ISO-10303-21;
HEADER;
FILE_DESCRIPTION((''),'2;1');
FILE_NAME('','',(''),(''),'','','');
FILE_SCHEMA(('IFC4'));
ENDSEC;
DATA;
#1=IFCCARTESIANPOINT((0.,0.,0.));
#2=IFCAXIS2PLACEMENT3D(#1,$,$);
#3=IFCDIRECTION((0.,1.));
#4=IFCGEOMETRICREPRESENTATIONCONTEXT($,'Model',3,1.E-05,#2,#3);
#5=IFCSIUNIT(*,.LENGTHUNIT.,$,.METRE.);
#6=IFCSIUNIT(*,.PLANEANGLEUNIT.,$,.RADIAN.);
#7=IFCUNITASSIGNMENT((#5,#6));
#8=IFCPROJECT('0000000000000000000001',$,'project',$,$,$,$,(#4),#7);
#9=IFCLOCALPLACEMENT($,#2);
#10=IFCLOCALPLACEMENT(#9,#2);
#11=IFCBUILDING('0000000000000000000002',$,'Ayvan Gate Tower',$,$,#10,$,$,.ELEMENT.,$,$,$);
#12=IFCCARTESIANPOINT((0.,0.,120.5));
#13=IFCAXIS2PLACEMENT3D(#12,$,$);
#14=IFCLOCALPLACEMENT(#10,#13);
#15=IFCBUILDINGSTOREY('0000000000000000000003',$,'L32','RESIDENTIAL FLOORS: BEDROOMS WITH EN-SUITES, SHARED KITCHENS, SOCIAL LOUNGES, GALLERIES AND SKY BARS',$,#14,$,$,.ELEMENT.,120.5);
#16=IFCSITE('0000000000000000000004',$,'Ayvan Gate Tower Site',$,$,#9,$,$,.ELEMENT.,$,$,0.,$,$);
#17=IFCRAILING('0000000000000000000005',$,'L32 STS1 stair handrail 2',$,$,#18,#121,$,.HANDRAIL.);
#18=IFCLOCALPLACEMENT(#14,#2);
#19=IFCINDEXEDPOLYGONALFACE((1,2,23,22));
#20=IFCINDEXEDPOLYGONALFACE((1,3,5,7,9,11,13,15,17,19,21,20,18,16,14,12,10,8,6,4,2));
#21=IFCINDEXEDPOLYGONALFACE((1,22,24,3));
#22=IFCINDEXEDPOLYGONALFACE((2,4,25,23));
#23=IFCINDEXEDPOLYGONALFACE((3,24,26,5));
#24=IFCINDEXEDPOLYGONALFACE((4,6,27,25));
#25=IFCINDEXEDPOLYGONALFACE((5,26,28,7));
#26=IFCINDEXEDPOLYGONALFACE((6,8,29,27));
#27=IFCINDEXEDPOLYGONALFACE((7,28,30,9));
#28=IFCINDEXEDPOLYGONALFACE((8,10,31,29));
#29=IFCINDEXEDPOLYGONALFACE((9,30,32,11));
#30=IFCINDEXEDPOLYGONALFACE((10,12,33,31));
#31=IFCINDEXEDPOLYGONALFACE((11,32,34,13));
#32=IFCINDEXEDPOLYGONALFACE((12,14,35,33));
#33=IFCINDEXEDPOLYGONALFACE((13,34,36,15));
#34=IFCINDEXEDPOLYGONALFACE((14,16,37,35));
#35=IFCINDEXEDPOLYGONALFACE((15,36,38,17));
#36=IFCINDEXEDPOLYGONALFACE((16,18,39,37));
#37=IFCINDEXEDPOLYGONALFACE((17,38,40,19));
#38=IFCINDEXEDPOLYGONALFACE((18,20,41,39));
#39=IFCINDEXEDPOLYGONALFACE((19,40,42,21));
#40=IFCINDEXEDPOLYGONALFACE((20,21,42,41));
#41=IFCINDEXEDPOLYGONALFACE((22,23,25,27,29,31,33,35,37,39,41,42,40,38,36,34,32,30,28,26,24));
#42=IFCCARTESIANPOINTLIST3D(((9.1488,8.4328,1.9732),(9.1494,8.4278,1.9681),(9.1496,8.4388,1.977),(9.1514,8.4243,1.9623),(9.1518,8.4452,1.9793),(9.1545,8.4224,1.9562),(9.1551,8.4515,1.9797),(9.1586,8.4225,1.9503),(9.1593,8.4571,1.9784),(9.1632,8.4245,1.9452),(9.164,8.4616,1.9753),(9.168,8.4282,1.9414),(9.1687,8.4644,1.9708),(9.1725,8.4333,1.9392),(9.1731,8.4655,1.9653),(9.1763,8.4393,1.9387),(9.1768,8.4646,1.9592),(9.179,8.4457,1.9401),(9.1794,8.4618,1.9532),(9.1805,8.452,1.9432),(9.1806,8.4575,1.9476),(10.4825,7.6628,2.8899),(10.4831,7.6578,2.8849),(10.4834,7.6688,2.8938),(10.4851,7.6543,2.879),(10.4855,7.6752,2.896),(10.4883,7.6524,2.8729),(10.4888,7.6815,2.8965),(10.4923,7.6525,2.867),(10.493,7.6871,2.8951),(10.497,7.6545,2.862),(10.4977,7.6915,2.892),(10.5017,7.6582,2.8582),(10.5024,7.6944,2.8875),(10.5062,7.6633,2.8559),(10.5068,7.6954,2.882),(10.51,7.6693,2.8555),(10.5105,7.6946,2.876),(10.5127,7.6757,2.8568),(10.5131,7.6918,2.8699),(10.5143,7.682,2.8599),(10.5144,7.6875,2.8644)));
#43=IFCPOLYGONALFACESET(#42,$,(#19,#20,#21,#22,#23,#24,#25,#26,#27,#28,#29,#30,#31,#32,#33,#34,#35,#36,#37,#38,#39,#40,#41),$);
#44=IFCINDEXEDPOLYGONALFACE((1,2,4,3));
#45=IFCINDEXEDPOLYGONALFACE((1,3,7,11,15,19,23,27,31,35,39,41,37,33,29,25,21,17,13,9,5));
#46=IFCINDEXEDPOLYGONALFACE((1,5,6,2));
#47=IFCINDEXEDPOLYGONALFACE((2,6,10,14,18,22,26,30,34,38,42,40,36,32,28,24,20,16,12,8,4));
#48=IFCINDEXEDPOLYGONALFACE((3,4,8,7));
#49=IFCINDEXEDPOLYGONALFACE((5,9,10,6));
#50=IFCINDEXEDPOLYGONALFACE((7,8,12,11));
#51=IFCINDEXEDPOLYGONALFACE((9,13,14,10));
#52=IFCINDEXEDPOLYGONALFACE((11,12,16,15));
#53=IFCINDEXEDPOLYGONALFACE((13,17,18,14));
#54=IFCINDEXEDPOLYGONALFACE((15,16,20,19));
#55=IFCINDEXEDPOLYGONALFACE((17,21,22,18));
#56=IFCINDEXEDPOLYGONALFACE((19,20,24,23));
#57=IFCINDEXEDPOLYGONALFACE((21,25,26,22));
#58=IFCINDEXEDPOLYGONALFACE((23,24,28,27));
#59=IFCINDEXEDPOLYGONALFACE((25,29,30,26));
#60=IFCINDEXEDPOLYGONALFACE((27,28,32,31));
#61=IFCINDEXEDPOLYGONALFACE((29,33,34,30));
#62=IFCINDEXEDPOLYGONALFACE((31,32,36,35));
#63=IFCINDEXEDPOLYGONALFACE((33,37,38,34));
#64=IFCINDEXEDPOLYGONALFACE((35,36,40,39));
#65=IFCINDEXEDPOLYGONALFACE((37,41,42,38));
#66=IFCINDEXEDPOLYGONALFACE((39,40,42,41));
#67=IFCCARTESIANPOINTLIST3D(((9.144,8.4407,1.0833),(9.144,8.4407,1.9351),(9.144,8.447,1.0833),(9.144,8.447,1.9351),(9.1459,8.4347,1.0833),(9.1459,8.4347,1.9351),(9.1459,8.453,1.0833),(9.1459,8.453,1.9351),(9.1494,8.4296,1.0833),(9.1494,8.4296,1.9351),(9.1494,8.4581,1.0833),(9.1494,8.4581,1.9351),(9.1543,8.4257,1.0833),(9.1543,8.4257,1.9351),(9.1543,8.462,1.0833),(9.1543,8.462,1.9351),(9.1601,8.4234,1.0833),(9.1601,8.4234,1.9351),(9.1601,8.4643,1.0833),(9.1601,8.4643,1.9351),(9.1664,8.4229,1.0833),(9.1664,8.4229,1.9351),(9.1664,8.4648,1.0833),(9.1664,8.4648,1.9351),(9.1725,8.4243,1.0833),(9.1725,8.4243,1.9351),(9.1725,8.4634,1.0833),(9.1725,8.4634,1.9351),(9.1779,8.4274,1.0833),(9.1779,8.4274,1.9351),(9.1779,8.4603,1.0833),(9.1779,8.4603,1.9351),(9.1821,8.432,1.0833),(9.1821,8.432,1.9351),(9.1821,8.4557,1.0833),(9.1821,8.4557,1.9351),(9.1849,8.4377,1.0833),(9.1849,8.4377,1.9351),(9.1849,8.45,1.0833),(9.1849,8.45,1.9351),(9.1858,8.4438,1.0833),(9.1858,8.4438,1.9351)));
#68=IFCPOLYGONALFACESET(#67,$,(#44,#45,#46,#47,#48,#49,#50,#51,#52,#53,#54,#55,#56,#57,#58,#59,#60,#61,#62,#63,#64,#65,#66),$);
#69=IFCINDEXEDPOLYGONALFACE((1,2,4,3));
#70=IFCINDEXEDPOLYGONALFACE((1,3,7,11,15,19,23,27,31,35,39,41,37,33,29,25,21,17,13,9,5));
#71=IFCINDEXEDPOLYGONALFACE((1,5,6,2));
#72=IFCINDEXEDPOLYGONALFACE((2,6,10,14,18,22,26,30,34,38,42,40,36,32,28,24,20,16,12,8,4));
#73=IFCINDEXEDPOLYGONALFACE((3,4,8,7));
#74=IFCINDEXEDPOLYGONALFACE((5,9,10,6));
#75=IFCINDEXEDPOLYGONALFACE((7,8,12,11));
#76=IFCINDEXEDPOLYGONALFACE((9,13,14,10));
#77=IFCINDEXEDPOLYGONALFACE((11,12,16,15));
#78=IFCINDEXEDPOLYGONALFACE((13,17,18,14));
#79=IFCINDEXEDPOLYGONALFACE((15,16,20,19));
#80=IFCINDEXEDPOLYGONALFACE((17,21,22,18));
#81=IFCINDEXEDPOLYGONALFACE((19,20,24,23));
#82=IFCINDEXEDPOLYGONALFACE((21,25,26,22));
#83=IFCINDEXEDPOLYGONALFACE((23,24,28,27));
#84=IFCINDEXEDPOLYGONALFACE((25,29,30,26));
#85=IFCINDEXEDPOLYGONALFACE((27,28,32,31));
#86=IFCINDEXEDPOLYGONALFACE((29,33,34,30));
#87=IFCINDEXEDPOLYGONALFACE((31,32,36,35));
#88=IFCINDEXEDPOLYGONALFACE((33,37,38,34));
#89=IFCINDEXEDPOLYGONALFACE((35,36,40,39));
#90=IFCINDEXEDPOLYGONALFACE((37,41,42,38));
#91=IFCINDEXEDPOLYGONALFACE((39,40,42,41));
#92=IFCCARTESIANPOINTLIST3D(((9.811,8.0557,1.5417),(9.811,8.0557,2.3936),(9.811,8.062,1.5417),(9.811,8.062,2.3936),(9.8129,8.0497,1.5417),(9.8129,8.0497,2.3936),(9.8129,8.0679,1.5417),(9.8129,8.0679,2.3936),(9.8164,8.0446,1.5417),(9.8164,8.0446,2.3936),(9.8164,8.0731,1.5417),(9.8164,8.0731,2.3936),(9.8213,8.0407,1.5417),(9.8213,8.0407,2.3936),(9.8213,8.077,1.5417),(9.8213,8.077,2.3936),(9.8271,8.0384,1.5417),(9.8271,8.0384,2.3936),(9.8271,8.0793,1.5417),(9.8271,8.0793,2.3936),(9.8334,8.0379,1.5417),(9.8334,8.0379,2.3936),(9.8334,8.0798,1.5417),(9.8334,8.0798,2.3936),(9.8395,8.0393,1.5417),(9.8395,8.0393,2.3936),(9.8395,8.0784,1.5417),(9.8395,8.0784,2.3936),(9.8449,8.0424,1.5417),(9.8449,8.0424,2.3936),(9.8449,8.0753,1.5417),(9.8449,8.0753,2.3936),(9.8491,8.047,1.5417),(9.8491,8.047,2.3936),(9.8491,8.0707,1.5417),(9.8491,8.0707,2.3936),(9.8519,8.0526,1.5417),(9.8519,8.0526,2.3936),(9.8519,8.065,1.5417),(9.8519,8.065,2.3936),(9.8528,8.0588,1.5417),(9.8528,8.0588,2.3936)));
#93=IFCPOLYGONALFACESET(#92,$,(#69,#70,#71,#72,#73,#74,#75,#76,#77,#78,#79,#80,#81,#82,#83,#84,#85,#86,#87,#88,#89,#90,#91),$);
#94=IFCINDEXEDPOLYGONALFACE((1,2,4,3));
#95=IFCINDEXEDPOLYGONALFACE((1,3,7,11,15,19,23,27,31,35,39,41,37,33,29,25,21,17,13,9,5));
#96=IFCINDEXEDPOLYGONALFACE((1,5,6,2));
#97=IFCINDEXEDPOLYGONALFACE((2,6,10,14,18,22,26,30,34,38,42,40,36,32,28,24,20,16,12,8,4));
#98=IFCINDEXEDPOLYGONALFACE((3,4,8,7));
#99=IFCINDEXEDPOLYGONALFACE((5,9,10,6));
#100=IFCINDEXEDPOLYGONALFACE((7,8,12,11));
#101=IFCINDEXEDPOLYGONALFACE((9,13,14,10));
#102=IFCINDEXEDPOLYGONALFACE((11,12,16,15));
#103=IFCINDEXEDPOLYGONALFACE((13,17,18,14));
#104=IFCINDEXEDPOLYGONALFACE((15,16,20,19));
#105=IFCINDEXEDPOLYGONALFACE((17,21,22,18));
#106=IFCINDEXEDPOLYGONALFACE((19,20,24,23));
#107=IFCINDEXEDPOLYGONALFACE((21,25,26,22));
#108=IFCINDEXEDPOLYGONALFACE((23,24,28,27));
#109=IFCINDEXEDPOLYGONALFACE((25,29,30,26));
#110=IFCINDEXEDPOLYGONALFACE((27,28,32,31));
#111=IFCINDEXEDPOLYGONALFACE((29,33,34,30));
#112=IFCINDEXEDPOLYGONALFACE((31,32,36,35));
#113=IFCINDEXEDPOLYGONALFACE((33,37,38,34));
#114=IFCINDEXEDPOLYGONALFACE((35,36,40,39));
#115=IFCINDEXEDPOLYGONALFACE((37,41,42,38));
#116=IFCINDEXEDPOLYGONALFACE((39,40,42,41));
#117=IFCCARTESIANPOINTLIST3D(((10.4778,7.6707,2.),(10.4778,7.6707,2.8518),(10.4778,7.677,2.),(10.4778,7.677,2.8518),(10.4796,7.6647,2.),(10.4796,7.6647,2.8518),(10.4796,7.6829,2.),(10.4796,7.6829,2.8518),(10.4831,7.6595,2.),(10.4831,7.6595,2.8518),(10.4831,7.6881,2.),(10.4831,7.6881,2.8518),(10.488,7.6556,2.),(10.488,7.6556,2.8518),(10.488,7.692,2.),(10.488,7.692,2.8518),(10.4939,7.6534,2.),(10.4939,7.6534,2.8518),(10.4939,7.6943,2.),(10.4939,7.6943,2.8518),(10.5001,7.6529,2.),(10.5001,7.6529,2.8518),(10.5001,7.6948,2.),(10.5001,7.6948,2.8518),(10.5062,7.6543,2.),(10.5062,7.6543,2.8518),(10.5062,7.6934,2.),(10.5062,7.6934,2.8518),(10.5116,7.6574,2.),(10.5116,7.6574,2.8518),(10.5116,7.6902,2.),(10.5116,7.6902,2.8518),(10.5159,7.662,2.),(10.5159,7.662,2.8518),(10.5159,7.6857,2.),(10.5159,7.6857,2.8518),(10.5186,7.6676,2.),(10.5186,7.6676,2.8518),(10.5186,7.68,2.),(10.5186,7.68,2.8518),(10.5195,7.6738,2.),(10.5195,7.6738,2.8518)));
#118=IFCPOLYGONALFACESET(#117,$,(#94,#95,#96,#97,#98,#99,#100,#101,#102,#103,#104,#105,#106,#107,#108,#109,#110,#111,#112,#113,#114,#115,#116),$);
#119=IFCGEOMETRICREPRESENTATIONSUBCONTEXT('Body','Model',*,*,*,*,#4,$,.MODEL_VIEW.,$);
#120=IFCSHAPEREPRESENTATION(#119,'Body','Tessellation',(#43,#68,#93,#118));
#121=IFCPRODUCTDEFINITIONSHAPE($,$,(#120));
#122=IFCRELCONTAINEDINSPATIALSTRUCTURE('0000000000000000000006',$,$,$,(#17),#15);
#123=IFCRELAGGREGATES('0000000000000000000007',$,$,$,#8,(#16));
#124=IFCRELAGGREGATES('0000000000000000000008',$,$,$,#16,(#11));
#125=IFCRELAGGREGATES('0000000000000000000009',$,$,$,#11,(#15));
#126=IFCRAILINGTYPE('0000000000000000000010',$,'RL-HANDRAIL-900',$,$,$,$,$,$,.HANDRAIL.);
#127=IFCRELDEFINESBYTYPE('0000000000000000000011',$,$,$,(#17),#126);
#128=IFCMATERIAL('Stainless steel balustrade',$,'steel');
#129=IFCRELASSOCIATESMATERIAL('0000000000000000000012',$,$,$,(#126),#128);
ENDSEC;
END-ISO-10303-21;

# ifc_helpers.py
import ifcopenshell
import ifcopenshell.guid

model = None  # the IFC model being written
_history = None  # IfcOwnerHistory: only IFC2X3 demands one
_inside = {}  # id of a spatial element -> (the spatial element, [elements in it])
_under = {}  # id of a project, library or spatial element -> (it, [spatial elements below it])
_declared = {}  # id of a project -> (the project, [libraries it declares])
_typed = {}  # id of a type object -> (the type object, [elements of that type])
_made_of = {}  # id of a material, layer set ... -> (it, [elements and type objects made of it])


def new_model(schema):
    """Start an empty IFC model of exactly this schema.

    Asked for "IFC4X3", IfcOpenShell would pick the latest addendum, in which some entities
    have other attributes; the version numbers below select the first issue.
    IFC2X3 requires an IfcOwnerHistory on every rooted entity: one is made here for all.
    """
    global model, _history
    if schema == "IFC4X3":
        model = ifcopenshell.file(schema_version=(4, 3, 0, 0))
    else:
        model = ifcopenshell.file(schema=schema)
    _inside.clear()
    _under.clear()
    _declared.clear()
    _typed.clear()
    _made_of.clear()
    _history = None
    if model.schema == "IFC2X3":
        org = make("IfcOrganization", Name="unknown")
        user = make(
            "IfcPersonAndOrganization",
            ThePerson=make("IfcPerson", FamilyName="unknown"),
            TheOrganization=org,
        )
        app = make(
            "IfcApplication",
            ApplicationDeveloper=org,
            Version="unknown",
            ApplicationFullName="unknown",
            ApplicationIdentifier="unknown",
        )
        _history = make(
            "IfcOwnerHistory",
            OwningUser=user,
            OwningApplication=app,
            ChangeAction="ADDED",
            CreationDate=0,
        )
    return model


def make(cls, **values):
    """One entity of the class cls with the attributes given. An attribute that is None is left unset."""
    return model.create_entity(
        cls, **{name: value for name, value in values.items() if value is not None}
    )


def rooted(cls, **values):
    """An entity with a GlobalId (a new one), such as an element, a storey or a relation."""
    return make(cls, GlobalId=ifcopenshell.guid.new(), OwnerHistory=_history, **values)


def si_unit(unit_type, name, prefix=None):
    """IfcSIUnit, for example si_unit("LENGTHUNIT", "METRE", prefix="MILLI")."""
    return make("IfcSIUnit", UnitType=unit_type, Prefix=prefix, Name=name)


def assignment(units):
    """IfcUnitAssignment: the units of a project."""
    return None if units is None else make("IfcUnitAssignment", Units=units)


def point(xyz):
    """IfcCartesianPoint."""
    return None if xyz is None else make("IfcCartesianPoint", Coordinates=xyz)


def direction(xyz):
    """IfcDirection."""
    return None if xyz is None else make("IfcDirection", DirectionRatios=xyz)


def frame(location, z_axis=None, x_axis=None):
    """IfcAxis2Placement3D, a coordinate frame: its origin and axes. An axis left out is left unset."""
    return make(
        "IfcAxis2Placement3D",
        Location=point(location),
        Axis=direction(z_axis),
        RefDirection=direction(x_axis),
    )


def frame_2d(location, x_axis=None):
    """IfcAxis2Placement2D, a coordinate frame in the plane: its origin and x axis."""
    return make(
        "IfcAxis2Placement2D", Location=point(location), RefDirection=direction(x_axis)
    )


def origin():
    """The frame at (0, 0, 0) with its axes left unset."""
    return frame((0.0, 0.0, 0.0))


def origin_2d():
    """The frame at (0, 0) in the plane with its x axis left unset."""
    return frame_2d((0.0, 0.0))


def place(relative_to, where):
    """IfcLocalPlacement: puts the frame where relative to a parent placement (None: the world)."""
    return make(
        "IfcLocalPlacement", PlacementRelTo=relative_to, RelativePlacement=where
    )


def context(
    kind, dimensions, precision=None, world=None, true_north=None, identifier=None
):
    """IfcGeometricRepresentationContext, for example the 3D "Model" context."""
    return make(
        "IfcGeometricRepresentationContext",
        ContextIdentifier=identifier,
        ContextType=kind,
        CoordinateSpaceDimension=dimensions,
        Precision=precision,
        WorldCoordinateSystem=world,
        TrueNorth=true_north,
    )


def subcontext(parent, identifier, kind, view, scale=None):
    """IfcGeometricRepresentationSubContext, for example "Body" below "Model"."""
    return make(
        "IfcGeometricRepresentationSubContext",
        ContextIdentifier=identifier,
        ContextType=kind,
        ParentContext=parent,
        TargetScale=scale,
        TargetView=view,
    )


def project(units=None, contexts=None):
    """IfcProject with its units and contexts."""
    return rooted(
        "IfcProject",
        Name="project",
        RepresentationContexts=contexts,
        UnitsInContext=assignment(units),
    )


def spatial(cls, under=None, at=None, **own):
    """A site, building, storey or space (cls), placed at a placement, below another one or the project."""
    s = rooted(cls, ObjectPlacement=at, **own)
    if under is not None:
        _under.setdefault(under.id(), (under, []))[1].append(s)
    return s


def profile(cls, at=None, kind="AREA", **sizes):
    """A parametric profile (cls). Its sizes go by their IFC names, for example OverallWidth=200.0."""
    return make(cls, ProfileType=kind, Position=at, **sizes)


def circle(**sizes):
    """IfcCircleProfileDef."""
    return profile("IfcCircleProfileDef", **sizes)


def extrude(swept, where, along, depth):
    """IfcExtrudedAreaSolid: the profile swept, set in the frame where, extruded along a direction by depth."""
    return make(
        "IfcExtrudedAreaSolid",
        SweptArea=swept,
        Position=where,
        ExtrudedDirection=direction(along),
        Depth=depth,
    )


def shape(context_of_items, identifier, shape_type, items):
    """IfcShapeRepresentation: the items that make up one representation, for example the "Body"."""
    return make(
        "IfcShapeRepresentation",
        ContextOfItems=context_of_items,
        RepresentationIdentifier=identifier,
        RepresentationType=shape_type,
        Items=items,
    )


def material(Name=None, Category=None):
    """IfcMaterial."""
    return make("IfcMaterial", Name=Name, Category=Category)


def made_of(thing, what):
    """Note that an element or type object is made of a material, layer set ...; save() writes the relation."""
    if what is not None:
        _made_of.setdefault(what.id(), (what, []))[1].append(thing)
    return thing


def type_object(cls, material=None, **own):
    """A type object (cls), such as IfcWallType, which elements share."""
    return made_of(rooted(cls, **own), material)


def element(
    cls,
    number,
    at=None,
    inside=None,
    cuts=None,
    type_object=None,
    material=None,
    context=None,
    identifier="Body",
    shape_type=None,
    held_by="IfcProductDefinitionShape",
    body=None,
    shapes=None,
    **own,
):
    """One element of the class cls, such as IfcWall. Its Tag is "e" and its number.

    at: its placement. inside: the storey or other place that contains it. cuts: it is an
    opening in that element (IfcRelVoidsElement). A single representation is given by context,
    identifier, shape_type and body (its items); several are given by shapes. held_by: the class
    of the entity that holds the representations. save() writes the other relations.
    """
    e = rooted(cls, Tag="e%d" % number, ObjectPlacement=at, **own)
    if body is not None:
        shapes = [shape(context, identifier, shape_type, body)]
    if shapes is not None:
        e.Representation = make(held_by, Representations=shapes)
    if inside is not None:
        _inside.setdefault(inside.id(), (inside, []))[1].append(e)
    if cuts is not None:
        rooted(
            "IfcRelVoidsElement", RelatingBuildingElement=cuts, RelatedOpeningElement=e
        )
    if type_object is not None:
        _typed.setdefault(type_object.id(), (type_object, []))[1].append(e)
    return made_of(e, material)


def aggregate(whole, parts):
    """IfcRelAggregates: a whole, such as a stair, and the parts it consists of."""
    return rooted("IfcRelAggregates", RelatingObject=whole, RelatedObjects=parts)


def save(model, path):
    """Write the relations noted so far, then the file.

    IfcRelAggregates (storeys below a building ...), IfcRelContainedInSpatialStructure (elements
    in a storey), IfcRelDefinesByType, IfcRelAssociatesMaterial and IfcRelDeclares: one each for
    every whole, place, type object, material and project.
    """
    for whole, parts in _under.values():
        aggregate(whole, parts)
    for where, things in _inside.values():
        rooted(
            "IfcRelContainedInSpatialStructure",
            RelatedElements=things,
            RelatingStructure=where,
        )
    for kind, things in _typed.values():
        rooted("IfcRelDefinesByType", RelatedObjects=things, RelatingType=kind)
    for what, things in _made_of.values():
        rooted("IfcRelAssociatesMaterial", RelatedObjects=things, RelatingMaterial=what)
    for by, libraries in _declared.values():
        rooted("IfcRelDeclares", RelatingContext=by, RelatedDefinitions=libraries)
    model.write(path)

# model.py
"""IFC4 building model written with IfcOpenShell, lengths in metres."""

from ifc_helpers import new_model, si_unit, direction, frame, origin, origin_2d, place, context, subcontext, project, spatial, circle, extrude, material, type_object, element, save


model = new_model("IFC4")

# Units and contexts
model_context = context("Model", 3, precision=1e-05, world=origin(), true_north=direction((0.0, 1.0)))
body_context = subcontext(model_context, "Body", "Model", "MODEL_VIEW")
ifc_project = project(units=[si_unit("LENGTHUNIT", "METRE"), si_unit("PLANEANGLEUNIT", "RADIAN")], contexts=[model_context])

# Site, building, storey
site_placement = place(None, origin())
site = spatial("IfcSite", under=ifc_project, at=site_placement, Name="Ayvan Gate Tower Site", CompositionType="ELEMENT", RefElevation=0.0)
building_placement = place(site_placement, origin())
building = spatial("IfcBuilding", under=site, at=building_placement, Name="Ayvan Gate Tower", CompositionType="ELEMENT")
storey_placement = place(building_placement, frame((0.0, 0.0, 120.5)))
storey = spatial("IfcBuildingStorey", under=building, at=storey_placement, Name="L32", Description="RESIDENTIAL FLOORS: BEDROOMS WITH EN-SUITES, SHARED KITCHENS, SOCIAL LOUNGES, GALLERIES AND SKY BARS", CompositionType="ELEMENT", Elevation=120.5)

# Railing
ifc_material_1 = material(Name="Stainless steel balustrade", Category="steel")
railing_type_1 = type_object("IfcRailingType", Name="RL-HANDRAIL-900", PredefinedType="HANDRAIL", material=ifc_material_1)
railing_1_placement = place(storey_placement, frame((9.1648, 8.4438, 1.0833)))
element("IfcRailing", 1, at=railing_1_placement, inside=storey, type_object=railing_type_1, Name="L32 STS1 stair handrail 2", PredefinedType="HANDRAIL", context=body_context, shape_type="SweptSolid", body=[
    extrude(circle(Radius=0.0239, at=origin_2d()), frame((0.0, 0.0, 0.876), z_axis=(0.744164, -0.429634, 0.511502), x_axis=(0.499992, 0.86603, 0.0)), (0.0, 0.0, 1.0), 1.7922),
    extrude(circle(Radius=0.021, at=origin_2d()), origin(), (0.0, 0.0, 1.0), 0.8518),
    extrude(circle(Radius=0.021, at=origin_2d()), frame((0.667, -0.385, 0.4585)), (0.0, 0.0, 1.0), 0.8518),
    extrude(circle(Radius=0.021, at=origin_2d()), frame((1.3337, -0.77, 0.9167)), (0.0, 0.0, 1.0), 0.8518),
])

save(model, "model.ifc")
